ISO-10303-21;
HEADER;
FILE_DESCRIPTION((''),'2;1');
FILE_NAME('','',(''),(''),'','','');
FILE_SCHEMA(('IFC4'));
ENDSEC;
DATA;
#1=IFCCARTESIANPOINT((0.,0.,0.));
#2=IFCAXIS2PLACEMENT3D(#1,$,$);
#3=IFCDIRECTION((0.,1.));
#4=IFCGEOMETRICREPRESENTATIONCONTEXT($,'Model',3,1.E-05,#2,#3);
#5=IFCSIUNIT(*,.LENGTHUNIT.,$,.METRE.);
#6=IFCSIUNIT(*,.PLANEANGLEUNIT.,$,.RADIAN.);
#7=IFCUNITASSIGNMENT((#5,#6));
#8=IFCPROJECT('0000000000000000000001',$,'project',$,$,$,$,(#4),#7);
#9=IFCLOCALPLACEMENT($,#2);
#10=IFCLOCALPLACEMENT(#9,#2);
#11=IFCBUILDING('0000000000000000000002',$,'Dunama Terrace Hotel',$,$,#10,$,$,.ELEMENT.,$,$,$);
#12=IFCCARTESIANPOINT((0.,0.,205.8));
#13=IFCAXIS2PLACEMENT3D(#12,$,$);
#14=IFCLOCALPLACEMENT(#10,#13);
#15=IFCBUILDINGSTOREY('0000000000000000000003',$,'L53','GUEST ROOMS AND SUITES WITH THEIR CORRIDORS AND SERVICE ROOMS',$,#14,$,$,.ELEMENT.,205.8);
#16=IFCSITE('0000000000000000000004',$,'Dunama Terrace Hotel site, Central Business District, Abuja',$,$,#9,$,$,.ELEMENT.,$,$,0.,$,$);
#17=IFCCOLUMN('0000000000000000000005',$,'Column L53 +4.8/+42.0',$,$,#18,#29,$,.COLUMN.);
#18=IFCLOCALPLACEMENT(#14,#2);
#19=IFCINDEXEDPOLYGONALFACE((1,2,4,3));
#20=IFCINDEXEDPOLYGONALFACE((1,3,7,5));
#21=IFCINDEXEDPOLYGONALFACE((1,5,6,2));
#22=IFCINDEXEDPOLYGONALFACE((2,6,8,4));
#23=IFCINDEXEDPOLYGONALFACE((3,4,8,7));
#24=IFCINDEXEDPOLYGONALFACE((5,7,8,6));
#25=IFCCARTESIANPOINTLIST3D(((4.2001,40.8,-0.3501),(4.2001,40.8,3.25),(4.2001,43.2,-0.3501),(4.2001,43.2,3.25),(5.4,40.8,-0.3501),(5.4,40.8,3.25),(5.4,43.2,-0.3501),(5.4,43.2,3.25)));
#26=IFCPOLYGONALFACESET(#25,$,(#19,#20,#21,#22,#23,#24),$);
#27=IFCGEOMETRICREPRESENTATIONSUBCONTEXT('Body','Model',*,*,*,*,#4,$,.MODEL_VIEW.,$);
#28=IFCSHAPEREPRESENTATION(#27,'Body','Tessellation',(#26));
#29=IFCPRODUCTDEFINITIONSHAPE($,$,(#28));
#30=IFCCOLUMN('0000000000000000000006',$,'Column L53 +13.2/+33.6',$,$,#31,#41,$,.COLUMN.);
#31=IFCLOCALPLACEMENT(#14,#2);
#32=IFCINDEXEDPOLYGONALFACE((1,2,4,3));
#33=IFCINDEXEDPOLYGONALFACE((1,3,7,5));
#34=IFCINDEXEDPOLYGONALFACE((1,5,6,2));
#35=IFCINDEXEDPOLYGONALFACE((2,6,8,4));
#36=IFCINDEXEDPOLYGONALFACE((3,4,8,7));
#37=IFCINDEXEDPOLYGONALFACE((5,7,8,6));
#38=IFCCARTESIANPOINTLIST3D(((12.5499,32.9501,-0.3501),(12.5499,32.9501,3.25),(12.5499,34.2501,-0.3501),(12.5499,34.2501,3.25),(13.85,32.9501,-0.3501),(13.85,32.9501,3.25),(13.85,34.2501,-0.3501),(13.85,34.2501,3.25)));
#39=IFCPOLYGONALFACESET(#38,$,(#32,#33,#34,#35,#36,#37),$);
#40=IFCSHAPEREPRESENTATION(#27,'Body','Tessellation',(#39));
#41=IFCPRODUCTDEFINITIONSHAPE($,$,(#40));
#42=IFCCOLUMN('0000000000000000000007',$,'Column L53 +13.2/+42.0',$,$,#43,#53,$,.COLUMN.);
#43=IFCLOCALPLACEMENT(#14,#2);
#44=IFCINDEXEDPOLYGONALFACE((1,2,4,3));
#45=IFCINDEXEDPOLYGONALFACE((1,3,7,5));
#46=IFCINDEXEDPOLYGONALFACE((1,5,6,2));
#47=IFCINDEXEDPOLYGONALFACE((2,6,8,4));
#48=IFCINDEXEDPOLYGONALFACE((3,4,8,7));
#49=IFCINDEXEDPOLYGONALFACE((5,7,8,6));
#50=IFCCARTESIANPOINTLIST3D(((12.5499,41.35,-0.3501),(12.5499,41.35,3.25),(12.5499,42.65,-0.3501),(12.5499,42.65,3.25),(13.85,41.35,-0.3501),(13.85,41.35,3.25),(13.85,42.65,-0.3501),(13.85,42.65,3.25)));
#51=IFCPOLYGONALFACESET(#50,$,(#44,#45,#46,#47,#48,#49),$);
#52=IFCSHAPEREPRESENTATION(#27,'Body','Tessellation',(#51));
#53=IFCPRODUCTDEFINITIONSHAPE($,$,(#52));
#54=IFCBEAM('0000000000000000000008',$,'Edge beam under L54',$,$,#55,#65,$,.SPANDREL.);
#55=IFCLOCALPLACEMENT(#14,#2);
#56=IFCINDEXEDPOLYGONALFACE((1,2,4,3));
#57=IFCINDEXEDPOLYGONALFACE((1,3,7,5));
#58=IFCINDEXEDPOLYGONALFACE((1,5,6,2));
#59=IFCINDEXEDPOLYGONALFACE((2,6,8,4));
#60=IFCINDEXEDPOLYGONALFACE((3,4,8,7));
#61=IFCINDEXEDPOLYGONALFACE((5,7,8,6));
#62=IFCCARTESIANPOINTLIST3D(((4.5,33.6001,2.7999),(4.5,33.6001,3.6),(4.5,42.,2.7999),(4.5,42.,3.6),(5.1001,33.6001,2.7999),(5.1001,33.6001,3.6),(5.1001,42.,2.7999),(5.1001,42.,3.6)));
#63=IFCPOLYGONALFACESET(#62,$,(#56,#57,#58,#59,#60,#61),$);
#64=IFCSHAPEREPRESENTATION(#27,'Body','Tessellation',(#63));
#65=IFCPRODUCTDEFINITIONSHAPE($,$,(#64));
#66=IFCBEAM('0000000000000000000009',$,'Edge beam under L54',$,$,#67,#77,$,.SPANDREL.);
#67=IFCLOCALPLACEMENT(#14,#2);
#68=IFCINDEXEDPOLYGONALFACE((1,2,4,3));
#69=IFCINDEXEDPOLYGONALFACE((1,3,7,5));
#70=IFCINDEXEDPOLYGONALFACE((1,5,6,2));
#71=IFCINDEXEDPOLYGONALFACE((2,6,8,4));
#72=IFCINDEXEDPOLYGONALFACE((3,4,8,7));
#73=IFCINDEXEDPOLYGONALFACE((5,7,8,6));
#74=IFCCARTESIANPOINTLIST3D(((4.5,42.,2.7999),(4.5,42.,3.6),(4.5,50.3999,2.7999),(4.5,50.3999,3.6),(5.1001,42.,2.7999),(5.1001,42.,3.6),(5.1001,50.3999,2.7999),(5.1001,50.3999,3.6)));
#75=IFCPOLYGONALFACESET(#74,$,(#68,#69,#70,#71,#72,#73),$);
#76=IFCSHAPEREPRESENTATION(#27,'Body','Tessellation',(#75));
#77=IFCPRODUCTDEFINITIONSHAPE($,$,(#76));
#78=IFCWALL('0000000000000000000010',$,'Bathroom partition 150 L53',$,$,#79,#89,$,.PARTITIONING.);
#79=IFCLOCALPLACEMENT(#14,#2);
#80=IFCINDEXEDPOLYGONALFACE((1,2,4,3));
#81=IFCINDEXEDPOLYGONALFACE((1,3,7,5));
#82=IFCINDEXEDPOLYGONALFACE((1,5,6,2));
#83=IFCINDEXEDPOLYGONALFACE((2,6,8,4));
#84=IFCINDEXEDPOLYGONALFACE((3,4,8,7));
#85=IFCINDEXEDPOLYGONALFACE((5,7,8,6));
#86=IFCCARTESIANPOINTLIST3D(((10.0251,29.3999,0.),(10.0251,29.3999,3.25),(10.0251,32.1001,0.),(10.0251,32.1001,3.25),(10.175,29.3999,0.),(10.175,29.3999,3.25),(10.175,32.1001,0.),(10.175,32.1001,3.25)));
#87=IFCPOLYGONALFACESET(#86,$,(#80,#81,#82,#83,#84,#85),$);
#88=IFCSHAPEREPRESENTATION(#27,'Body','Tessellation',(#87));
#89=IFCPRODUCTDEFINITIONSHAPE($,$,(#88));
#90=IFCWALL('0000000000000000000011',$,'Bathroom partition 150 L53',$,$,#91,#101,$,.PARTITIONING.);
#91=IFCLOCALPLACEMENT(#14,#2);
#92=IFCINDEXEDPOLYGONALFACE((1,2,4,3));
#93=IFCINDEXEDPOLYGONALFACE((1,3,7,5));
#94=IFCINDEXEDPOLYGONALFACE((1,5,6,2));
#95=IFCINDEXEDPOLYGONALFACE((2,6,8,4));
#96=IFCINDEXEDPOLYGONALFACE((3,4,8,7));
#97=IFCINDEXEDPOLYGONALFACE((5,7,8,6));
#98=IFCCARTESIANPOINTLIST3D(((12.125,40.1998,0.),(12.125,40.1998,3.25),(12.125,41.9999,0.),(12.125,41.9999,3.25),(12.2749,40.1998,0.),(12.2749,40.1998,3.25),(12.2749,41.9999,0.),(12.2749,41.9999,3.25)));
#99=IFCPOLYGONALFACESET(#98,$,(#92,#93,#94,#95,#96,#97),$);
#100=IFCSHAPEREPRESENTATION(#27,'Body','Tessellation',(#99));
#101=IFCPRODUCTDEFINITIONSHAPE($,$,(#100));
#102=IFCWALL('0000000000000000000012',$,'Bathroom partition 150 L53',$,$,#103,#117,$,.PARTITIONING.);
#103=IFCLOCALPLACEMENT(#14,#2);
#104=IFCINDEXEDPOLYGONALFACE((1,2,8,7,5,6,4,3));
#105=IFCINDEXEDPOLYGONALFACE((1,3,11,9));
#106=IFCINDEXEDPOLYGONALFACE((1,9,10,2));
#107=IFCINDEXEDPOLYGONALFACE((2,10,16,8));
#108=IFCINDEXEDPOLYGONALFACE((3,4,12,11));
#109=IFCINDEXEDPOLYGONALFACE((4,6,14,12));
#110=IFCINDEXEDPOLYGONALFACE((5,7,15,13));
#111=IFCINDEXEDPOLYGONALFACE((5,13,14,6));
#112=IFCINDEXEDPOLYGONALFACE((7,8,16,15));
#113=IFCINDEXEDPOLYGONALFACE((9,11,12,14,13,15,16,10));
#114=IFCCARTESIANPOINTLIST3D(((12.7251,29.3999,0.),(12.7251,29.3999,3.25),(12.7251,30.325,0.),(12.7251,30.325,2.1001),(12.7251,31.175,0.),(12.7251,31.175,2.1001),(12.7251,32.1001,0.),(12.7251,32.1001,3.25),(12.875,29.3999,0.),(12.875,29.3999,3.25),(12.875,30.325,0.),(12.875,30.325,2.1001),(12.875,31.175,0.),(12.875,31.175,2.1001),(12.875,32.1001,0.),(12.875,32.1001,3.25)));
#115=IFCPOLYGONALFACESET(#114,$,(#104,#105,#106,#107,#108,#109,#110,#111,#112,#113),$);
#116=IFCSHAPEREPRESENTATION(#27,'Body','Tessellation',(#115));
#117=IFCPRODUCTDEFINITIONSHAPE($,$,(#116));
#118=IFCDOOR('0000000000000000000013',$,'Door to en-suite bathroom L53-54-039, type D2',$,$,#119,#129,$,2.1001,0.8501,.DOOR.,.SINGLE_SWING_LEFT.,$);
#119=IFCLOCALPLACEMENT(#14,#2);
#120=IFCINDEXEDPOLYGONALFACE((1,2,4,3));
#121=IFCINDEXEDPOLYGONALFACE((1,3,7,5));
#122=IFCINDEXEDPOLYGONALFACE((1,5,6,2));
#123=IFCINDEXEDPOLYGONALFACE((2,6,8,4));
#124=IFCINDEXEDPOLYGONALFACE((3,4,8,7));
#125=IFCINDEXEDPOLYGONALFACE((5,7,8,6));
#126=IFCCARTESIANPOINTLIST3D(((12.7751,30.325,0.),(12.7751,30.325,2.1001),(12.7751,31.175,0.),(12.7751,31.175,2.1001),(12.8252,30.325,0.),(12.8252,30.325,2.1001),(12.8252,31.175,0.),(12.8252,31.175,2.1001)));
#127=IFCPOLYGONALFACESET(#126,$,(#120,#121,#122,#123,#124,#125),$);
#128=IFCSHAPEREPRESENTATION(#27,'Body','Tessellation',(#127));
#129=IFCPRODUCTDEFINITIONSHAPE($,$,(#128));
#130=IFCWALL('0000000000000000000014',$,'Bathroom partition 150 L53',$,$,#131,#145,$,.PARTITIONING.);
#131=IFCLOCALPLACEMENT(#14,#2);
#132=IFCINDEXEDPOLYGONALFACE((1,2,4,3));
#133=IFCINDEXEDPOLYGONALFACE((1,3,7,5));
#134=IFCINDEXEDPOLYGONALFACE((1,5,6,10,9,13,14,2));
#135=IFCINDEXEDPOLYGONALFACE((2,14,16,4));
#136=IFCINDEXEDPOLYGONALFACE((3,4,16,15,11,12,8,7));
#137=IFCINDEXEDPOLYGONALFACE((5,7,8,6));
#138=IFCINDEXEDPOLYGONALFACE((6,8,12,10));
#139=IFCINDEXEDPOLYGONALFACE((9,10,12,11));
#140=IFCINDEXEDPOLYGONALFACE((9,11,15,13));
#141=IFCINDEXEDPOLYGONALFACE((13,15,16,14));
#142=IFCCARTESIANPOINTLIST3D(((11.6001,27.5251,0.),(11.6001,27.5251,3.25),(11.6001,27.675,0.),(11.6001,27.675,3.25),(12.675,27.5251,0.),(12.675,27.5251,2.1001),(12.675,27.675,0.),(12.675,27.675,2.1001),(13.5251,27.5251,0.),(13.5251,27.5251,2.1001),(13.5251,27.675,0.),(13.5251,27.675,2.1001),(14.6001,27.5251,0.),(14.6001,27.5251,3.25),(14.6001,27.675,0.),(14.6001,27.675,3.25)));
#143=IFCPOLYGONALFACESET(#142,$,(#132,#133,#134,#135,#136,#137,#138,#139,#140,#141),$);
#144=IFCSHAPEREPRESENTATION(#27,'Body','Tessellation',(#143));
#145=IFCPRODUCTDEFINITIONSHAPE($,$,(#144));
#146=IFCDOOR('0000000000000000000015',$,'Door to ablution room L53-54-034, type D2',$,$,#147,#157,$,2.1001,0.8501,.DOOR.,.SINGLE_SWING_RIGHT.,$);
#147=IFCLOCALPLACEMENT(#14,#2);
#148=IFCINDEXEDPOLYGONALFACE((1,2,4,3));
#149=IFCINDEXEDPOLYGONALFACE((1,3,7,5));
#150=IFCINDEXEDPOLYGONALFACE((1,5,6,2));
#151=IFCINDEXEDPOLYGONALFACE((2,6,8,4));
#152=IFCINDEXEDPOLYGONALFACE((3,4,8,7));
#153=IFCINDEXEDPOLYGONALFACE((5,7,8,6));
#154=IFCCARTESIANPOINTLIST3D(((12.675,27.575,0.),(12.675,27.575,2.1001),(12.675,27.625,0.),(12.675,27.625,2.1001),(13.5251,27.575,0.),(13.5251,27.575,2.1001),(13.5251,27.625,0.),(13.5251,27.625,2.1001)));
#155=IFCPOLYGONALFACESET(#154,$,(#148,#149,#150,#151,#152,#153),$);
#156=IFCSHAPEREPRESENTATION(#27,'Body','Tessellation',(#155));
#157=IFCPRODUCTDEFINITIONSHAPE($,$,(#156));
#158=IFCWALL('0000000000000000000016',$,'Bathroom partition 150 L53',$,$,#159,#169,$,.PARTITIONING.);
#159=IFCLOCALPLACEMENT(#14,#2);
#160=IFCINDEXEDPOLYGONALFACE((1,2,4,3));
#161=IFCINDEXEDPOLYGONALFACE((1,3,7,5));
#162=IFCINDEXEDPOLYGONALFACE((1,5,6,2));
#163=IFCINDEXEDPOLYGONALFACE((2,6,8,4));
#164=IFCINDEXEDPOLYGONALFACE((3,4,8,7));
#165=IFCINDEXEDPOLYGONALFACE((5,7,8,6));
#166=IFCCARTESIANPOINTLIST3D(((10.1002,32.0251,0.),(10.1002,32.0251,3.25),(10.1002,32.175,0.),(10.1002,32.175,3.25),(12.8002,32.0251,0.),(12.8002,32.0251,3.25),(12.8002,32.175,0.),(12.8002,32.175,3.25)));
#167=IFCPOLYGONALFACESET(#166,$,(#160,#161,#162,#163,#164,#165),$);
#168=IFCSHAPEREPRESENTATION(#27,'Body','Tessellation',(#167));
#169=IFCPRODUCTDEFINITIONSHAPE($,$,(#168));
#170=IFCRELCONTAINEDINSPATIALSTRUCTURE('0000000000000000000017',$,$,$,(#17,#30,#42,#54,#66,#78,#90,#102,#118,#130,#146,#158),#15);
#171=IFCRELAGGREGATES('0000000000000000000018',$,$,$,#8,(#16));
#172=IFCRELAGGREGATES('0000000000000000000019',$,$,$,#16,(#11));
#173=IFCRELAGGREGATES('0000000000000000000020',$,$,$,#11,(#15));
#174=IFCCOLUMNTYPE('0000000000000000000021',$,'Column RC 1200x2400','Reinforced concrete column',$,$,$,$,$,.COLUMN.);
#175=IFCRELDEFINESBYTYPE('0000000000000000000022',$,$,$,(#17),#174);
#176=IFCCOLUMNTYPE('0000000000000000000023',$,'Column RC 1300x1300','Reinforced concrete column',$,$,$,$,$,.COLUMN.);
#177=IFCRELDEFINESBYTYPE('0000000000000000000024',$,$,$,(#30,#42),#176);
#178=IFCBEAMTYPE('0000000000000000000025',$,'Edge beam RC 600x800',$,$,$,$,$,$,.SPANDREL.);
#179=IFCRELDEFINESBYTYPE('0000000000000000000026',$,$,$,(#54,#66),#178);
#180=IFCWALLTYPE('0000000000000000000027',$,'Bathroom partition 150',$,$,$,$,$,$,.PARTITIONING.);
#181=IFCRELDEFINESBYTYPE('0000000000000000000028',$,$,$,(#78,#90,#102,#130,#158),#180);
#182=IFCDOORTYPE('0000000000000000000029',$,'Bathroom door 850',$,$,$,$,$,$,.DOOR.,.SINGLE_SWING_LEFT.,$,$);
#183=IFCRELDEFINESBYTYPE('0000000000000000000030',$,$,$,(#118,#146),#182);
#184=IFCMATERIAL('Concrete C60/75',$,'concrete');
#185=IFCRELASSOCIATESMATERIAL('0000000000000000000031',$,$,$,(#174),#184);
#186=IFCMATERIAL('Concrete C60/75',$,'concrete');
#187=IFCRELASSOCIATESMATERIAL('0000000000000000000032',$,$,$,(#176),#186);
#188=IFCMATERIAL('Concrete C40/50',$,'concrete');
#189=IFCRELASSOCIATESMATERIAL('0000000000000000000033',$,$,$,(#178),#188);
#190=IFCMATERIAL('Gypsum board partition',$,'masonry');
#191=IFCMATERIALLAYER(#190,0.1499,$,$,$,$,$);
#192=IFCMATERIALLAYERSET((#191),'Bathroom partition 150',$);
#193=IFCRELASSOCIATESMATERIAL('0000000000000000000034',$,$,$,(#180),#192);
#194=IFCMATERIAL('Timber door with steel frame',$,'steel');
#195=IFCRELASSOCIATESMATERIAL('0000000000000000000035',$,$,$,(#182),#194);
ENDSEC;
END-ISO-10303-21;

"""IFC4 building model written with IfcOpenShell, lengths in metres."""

from ifc_helpers import new_model, si_unit, direction, frame, frame_2d, origin, origin_2d, place, context, subcontext, project, spatial, rectangle, extrude, material, layer, layer_set, material_profile, profile_set, type_object, element, fill, save


model = new_model("IFC4")

# Units and contexts
model_context = context("Model", 3, precision=1e-05, world=origin(), true_north=direction((0.0, 1.0)))
body_context = subcontext(model_context, "Body", "Model", "MODEL_VIEW")
ifc_project = project(units=[si_unit("LENGTHUNIT", "METRE"), si_unit("PLANEANGLEUNIT", "RADIAN")], contexts=[model_context])

# Site, building, storey
site_placement = place(None, origin())
site = spatial("IfcSite", under=ifc_project, at=site_placement, Name="Dunama Terrace Hotel site, Central Business District, Abuja", CompositionType="ELEMENT", RefElevation=0.0)
building_placement = place(site_placement, origin())
building = spatial("IfcBuilding", under=site, at=building_placement, Name="Dunama Terrace Hotel", CompositionType="ELEMENT")
storey_placement = place(building_placement, frame((0.0, 0.0, 205.8)))
storey = spatial("IfcBuildingStorey", under=building, at=storey_placement, Name="L53", Description="GUEST ROOMS AND SUITES WITH THEIR CORRIDORS AND SERVICE ROOMS", CompositionType="ELEMENT", Elevation=205.8)

# Columns
ifc_material_1 = material(Name="Concrete C60/75", Category="concrete")
ifc_material_profile_1 = material_profile(ifc_material_1, rectangle(XDim=1.2, YDim=2.3999, at=origin_2d()), Name="RC 1200x2400")
ifc_profile_set_1 = profile_set([ifc_material_profile_1], Name="Concrete C60/75")
column_type_1 = type_object("IfcColumnType", Name="Column RC 1200x2400", Description="Reinforced concrete column", PredefinedType="COLUMN", material=ifc_profile_set_1)
column_placement = place(storey_placement, frame((4.8, 42.0, -0.3501), z_axis=(0.0, 0.0, 1.0), x_axis=(1.0, 0.0, 0.0)))
element("IfcColumn", 1, at=column_placement, inside=storey, type_object=column_type_1, Name="Column L53 +4.8/+42.0", PredefinedType="COLUMN", context=body_context, shape_type="SweptSolid", body=[
    extrude(rectangle(XDim=1.2, YDim=2.3999, at=origin_2d()), origin(), (0.0, 0.0, 1.0), 3.6001),
])
ifc_material_2 = material(Name="Concrete C60/75", Category="concrete")
ifc_material_profile_2 = material_profile(ifc_material_2, rectangle(XDim=1.3, YDim=1.3, at=origin_2d()), Name="RC 1300x1300")
ifc_profile_set_2 = profile_set([ifc_material_profile_2], Name="Concrete C60/75")
column_type_2 = type_object("IfcColumnType", Name="Column RC 1300x1300", Description="Reinforced concrete column", PredefinedType="COLUMN", material=ifc_profile_set_2)
for number, where, z_axis, x_axis, name in (
    (2, (13.2, 33.6001, -0.3501), (0.0, 0.0, 1.0), (1.0, 0.0, 0.0), "Column L53 +13.2/+33.6"),
    (3, (13.2, 42.0, -0.3501), (0.0, 0.0, 1.0), (1.0, 0.0, 0.0), "Column L53 +13.2/+42.0"),
):
    element("IfcColumn", number, at=place(storey_placement, frame(where, z_axis=z_axis, x_axis=x_axis)), inside=storey, type_object=column_type_2, Name=name, PredefinedType="COLUMN", context=body_context, shape_type="SweptSolid", body=[
        extrude(rectangle(XDim=1.3, YDim=1.3, at=origin_2d()), origin(), (0.0, 0.0, 1.0), 3.6001),
    ])

# Beams
ifc_material_3 = material(Name="Concrete C40/50", Category="concrete")
ifc_material_profile_3 = material_profile(ifc_material_3, rectangle(XDim=0.6001, YDim=0.8, at=origin_2d()), Name="RC 600x800")
ifc_profile_set_3 = profile_set([ifc_material_profile_3], Name="Concrete C40/50")
beam_type = type_object("IfcBeamType", Name="Edge beam RC 600x800", PredefinedType="SPANDREL", material=ifc_profile_set_3)
for number, where, z_axis, x_axis, name in (
    (4, (4.8, 33.6001, 3.2), (0.0, 1.0, 0.0), (-1.0, 0.0, 0.0), "Edge beam under L54"),
    (5, (4.8, 42.0, 3.2), (0.0, 1.0, 0.0), (-1.0, 0.0, 0.0), "Edge beam under L54"),
):
    element("IfcBeam", number, at=place(storey_placement, frame(where, z_axis=z_axis, x_axis=x_axis)), inside=storey, type_object=beam_type, Name=name, PredefinedType="SPANDREL", context=body_context, shape_type="SweptSolid", body=[
        extrude(rectangle(XDim=0.6001, YDim=0.8, at=origin_2d()), origin(), (0.0, 0.0, 1.0), 8.3999),
    ])

# Walls
ifc_material_4 = material(Name="Gypsum board partition", Category="masonry")
ifc_layer_1 = layer(ifc_material_4, 0.1499)
ifc_layer_set_1 = layer_set([ifc_layer_1], Name="Bathroom partition 150")
wall_type_1 = type_object("IfcWallType", Name="Bathroom partition 150", PredefinedType="PARTITIONING", material=ifc_layer_set_1)
wall_1_placement = place(storey_placement, frame((10.1001, 29.3999, 0.0), z_axis=(0.0, 0.0, 1.0), x_axis=(0.0, 1.0, 0.0)))
element("IfcWall", 6, at=wall_1_placement, inside=storey, type_object=wall_type_1, Name="Bathroom partition 150 L53", PredefinedType="PARTITIONING", context=body_context, shape_type="SweptSolid", body=[
    extrude(rectangle(XDim=2.7002, YDim=0.1499, at=frame_2d((1.3501, 0.0))), origin(), (0.0, 0.0, 1.0), 3.25),
])
wall_2_placement = place(storey_placement, frame((12.2, 40.2, 0.0), z_axis=(0.0, 0.0, 1.0), x_axis=(0.0, 1.0, 0.0)))
element("IfcWall", 7, at=wall_2_placement, inside=storey, type_object=wall_type_1, Name="Bathroom partition 150 L53", PredefinedType="PARTITIONING", context=body_context, shape_type="SweptSolid", body=[
    extrude(rectangle(XDim=1.8, YDim=0.1499, at=frame_2d((0.8999, 0.0))), origin(), (0.0, 0.0, 1.0), 3.25),
])

# Walls, openings, doors
wall_3_placement = place(storey_placement, frame((12.8, 29.3999, 0.0), z_axis=(0.0, 0.0, 1.0), x_axis=(0.0, 1.0, 0.0)))
wall_3 = element("IfcWall", 8, at=wall_3_placement, inside=storey, type_object=wall_type_1, Name="Bathroom partition 150 L53", PredefinedType="PARTITIONING", context=body_context, shape_type="SweptSolid", body=[
    extrude(rectangle(XDim=2.7002, YDim=0.1499, at=frame_2d((1.3501, 0.0))), origin(), (0.0, 0.0, 1.0), 3.25),
])
opening_1_placement = place(wall_3_placement, frame((0.925, 0.0, 0.0)))
opening_1 = element("IfcOpeningElement", 9, at=opening_1_placement, cuts=wall_3, PredefinedType="OPENING", context=body_context, shape_type="SweptSolid", body=[
    extrude(rectangle(XDim=0.8501, YDim=2.1001, at=frame_2d((0.425, 1.05))), frame((0.0, 0.085, 0.0), z_axis=(0.0, -1.0, 0.0), x_axis=(1.0, 0.0, 0.0)), (0.0, 0.0, 1.0), 0.1699),
])
ifc_material_5 = material(Name="Timber door with steel frame", Category="steel")
door_type_1 = type_object("IfcDoorType", Name="Bathroom door 850", OperationType="SINGLE_SWING_LEFT", PredefinedType="DOOR", material=ifc_material_5)
door_1_placement = place(opening_1_placement, origin())
door_1 = element("IfcDoor", 10, at=door_1_placement, inside=storey, type_object=door_type_1, Name="Door to en-suite bathroom L53-54-039, type D2", OperationType="SINGLE_SWING_LEFT", OverallHeight=2.1001, OverallWidth=0.8501, PredefinedType="DOOR", context=body_context, shape_type="SweptSolid", body=[
    extrude(rectangle(XDim=0.8501, YDim=2.1001, at=frame_2d((0.425, 1.05))), frame((0.0, 0.0249, 0.0), z_axis=(0.0, -1.0, 0.0), x_axis=(1.0, 0.0, 0.0)), (0.0, 0.0, 1.0), 0.05),
])
fill(opening_1, door_1)
wall_4_placement = place(storey_placement, frame((11.6001, 27.6001, 0.0), z_axis=(0.0, 0.0, 1.0), x_axis=(1.0, 0.0, 0.0)))
wall_4 = element("IfcWall", 11, at=wall_4_placement, inside=storey, type_object=wall_type_1, Name="Bathroom partition 150 L53", PredefinedType="PARTITIONING", context=body_context, shape_type="SweptSolid", body=[
    extrude(rectangle(XDim=3.0, YDim=0.1499, at=frame_2d((1.5, 0.0))), origin(), (0.0, 0.0, 1.0), 3.25),
])
opening_2_placement = place(wall_4_placement, frame((1.075, 0.0, 0.0)))
opening_2 = element("IfcOpeningElement", 12, at=opening_2_placement, cuts=wall_4, PredefinedType="OPENING", context=body_context, shape_type="SweptSolid", body=[
    extrude(rectangle(XDim=0.8501, YDim=2.1001, at=frame_2d((0.425, 1.05))), frame((0.0, 0.085, 0.0), z_axis=(0.0, -1.0, 0.0), x_axis=(1.0, 0.0, 0.0)), (0.0, 0.0, 1.0), 0.1699),
])
door_2_placement = place(opening_2_placement, frame((0.8501, 0.0, 0.0), z_axis=(0.0, 0.0, 1.0), x_axis=(-1.0, 0.0, 0.0)))
door_2 = element("IfcDoor", 13, at=door_2_placement, inside=storey, type_object=door_type_1, Name="Door to ablution room L53-54-034, type D2", OperationType="SINGLE_SWING_RIGHT", OverallHeight=2.1001, OverallWidth=0.8501, PredefinedType="DOOR", context=body_context, shape_type="SweptSolid", body=[
    extrude(rectangle(XDim=0.8501, YDim=2.1001, at=frame_2d((0.425, 1.05))), frame((0.0, 0.0251, 0.0), z_axis=(0.0, -1.0, 0.0), x_axis=(1.0, 0.0, 0.0)), (0.0, 0.0, 1.0), 0.05),
])
fill(opening_2, door_2)

# Wall
wall_5_placement = place(storey_placement, frame((10.1001, 32.1001, 0.0), z_axis=(0.0, 0.0, 1.0), x_axis=(1.0, 0.0, 0.0)))
element("IfcWall", 14, at=wall_5_placement, inside=storey, type_object=wall_type_1, Name="Bathroom partition 150 L53", PredefinedType="PARTITIONING", context=body_context, shape_type="SweptSolid", body=[
    extrude(rectangle(XDim=2.7, YDim=0.1499, at=frame_2d((1.3501, 0.0))), origin(), (0.0, 0.0, 1.0), 3.25),
])

save(model, "model.ifc")
